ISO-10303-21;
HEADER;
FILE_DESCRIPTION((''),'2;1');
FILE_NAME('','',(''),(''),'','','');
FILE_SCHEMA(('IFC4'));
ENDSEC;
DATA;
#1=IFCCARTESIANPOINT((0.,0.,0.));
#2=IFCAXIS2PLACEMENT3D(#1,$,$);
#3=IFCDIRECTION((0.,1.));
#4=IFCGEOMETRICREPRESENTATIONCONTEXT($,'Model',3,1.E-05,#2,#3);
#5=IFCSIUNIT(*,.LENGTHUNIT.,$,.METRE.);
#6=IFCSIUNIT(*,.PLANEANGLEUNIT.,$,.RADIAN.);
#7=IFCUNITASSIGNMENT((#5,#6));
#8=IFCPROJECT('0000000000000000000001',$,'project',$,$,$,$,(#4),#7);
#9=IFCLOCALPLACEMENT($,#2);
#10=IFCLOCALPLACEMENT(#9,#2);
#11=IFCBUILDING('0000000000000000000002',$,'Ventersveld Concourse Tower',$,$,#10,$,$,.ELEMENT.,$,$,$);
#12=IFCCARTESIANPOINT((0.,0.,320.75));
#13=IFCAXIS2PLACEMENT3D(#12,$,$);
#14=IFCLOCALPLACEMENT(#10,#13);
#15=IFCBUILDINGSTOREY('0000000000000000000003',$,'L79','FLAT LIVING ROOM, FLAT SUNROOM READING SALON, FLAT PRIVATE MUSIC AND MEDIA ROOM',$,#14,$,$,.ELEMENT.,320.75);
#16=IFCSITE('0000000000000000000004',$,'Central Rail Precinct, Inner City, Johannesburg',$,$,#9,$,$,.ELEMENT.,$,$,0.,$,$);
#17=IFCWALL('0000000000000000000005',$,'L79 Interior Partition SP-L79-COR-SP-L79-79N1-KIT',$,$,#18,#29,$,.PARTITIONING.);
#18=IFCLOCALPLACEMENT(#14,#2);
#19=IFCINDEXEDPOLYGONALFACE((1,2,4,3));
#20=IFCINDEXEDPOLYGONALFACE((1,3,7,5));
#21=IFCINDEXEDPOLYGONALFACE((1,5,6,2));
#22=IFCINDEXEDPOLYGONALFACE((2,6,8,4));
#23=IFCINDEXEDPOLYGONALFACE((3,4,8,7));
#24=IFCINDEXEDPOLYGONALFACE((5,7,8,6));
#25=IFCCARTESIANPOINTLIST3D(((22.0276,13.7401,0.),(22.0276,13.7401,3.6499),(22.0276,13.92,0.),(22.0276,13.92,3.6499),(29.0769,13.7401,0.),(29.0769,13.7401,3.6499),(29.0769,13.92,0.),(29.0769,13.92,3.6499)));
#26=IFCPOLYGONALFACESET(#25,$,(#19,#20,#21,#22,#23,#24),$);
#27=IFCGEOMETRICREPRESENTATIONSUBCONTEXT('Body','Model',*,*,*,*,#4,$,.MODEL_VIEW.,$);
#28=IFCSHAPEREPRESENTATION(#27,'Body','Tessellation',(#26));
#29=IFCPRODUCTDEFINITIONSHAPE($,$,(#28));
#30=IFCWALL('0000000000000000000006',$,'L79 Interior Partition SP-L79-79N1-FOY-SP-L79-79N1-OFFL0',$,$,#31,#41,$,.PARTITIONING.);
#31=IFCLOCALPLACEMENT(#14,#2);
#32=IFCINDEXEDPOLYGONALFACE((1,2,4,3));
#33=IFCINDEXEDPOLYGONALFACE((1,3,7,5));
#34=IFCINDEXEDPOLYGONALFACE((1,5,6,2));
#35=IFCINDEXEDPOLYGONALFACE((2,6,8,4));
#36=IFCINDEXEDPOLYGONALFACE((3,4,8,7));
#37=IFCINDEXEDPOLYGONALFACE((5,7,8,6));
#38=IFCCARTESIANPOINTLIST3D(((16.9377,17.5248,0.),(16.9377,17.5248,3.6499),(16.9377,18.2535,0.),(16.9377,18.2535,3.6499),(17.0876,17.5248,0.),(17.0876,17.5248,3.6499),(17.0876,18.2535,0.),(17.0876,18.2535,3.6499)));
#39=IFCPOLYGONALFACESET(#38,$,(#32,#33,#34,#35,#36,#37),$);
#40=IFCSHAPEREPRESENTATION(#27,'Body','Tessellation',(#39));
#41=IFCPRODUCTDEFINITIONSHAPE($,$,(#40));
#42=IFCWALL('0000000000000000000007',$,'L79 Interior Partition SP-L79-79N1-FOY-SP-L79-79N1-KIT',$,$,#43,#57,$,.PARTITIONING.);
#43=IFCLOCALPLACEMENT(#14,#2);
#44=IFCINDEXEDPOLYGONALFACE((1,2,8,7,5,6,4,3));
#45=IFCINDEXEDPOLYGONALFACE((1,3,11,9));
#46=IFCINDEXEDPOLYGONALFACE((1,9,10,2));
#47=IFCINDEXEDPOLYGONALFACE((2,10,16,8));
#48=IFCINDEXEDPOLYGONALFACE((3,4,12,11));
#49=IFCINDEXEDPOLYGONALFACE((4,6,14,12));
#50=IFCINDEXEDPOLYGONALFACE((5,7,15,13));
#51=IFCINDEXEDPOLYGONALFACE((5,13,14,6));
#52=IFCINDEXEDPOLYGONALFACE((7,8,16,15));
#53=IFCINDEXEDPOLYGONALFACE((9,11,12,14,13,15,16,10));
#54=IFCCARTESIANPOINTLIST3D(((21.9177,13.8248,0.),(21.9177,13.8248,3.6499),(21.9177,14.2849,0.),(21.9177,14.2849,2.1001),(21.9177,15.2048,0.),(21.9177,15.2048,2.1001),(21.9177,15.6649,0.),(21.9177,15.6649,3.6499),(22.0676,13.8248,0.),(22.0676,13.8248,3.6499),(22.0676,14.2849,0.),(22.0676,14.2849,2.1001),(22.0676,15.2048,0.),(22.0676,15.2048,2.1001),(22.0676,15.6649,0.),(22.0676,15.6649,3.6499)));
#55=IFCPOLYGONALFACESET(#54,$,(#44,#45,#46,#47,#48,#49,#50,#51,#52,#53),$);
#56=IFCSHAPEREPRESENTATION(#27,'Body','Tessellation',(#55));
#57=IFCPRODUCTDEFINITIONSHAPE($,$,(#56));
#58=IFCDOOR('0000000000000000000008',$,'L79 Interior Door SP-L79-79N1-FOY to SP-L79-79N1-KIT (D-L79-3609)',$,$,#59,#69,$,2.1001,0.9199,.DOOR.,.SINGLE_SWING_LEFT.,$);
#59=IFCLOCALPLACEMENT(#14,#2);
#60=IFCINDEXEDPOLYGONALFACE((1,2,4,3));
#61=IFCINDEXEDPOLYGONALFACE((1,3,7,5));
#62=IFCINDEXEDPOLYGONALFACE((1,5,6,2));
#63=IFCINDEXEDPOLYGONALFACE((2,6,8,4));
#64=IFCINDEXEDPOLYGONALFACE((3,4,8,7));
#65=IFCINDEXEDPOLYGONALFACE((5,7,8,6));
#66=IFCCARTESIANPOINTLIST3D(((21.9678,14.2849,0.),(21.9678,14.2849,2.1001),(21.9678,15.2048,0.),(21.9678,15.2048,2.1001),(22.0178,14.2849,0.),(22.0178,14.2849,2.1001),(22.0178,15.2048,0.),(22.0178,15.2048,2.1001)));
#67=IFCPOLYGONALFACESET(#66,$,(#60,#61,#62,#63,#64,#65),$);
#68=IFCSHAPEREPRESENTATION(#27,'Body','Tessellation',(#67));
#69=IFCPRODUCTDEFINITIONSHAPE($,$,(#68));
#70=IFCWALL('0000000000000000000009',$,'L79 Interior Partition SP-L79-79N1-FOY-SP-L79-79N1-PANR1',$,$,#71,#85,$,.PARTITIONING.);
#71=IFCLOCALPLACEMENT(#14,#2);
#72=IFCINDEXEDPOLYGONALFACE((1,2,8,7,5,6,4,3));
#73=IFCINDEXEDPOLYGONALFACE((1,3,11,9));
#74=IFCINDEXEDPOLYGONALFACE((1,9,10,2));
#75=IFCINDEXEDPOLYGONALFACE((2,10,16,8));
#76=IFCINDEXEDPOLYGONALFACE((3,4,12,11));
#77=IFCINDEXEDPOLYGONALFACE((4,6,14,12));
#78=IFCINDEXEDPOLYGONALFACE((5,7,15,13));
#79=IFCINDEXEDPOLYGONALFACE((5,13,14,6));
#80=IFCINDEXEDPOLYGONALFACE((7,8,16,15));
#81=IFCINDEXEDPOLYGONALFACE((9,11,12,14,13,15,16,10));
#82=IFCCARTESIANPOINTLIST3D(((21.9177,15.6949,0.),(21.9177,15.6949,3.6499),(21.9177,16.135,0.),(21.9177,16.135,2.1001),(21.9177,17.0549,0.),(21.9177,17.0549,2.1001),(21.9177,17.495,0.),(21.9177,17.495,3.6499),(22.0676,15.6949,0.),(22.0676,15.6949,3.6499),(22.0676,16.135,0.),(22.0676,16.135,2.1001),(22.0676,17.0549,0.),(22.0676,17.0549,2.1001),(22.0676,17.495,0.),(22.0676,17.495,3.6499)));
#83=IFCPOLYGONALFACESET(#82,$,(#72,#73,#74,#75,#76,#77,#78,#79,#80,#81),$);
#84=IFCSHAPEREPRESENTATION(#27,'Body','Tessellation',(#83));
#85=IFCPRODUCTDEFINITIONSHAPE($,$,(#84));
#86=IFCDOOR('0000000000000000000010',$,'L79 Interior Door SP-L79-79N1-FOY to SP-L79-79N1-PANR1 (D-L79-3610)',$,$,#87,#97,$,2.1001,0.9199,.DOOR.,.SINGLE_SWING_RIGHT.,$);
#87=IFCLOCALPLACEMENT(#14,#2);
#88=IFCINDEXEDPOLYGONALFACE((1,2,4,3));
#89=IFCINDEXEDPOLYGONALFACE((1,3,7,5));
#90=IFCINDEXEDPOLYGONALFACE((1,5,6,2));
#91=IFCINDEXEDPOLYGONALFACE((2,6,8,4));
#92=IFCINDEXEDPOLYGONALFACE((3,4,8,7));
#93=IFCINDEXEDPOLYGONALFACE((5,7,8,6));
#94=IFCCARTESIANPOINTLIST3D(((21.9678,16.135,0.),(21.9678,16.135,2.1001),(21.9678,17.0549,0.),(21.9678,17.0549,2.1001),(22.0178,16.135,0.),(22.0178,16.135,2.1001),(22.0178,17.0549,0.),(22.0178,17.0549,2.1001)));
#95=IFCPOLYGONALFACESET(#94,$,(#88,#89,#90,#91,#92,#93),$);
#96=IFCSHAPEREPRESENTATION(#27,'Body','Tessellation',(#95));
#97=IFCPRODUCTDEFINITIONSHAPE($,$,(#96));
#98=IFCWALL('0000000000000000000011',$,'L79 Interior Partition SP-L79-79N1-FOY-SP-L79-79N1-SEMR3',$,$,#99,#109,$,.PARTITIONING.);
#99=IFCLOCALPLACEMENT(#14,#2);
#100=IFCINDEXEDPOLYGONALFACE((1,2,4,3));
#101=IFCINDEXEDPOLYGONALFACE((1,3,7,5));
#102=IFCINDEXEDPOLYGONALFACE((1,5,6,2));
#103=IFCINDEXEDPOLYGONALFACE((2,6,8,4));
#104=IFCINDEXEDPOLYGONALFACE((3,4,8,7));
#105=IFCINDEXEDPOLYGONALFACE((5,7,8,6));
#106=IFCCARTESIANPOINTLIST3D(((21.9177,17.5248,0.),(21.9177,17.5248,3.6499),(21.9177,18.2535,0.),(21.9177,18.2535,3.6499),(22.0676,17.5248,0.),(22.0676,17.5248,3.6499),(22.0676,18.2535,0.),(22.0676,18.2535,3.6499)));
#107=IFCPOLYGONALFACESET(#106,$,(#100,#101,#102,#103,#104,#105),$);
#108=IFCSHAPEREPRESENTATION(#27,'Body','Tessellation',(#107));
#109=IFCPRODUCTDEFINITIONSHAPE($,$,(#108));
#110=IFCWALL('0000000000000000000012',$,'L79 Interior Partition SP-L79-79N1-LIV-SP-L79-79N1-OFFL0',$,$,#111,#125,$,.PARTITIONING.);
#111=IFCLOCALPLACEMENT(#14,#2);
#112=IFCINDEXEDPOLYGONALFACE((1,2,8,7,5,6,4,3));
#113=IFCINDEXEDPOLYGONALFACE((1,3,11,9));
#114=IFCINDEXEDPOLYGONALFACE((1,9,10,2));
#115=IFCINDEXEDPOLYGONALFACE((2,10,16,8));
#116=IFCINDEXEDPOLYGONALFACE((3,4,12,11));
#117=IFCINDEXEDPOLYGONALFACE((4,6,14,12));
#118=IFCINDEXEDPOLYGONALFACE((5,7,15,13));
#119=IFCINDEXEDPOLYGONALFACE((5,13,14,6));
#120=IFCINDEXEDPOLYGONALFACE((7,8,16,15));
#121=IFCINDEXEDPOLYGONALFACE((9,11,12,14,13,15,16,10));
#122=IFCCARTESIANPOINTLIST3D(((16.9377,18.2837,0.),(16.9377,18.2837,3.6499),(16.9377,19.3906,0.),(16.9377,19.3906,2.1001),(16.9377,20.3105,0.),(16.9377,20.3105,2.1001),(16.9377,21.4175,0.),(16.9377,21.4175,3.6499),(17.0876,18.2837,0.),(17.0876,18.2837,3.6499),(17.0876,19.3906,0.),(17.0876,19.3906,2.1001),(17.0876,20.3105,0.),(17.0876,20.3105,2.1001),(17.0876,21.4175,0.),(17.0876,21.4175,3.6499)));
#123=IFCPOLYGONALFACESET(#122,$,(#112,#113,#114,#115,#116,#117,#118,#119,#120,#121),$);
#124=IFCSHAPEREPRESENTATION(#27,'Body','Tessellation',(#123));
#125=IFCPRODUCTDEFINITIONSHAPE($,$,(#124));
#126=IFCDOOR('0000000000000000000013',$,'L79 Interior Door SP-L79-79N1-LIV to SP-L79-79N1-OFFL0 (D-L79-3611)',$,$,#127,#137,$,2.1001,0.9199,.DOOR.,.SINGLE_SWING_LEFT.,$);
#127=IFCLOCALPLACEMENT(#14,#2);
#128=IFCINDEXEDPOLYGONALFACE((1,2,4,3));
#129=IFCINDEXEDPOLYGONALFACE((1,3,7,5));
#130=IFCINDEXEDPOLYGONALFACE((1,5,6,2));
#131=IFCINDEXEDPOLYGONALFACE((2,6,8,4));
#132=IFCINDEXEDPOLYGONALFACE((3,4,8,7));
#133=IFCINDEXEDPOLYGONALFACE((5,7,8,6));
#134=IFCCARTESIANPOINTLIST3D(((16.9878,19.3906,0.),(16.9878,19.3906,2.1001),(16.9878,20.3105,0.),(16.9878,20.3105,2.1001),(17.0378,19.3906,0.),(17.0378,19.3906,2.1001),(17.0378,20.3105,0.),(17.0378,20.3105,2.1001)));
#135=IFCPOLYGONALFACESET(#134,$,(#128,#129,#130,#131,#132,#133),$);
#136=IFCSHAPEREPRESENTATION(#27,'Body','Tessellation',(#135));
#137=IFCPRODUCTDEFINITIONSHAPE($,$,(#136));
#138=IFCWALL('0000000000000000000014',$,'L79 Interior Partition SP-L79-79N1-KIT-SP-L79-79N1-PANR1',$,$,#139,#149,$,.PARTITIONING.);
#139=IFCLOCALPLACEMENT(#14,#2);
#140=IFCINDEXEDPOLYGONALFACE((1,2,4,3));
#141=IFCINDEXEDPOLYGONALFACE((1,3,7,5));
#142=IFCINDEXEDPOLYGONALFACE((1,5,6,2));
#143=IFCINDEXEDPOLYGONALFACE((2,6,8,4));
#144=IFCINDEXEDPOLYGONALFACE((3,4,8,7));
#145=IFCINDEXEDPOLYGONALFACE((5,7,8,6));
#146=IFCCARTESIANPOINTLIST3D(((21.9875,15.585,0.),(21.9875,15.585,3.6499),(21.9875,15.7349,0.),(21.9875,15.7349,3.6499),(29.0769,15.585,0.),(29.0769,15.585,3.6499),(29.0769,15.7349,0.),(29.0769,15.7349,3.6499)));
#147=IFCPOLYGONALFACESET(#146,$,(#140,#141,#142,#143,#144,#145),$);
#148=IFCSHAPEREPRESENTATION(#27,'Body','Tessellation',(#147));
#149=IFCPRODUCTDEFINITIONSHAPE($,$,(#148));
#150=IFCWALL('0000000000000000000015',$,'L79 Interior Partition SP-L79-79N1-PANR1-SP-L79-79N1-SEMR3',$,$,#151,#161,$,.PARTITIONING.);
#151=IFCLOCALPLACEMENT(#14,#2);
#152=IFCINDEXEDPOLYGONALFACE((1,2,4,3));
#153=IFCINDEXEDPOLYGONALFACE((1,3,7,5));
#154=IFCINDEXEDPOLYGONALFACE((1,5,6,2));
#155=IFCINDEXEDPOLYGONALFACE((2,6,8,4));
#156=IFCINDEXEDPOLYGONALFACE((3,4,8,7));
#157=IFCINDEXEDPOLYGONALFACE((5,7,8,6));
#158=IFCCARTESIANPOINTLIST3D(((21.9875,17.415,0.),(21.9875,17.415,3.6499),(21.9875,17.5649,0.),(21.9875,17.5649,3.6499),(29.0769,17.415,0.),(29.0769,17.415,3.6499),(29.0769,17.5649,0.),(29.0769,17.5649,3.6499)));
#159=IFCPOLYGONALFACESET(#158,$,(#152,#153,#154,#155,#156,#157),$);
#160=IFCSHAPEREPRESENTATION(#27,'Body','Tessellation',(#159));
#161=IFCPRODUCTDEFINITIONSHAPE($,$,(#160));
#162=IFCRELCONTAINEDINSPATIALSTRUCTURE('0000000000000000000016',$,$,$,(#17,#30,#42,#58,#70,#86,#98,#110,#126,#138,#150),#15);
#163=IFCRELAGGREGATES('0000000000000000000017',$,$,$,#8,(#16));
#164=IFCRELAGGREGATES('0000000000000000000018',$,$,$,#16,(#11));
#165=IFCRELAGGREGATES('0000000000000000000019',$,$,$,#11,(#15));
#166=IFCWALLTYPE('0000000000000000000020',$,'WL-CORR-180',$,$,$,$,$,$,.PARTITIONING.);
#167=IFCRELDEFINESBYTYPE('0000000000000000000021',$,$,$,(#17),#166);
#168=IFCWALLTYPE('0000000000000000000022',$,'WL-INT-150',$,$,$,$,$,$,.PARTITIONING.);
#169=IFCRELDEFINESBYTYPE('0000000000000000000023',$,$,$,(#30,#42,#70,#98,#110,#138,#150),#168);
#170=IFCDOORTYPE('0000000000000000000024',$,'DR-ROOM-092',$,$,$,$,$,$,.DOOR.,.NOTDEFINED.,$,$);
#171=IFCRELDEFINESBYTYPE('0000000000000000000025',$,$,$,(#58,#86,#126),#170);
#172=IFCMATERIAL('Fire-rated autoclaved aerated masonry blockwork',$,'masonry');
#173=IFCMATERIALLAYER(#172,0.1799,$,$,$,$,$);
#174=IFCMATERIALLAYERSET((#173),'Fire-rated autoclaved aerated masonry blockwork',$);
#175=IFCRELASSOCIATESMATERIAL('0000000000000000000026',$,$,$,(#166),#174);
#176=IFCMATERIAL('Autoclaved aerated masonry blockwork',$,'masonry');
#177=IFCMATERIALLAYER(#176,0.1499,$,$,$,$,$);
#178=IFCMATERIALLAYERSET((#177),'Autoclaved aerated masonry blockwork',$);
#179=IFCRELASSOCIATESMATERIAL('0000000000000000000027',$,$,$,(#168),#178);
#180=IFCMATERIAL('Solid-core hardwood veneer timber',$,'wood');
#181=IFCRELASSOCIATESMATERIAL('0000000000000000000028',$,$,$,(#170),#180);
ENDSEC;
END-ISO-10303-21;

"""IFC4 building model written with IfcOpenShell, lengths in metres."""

from ifc_helpers import new_model, si_unit, direction, frame, frame_2d, origin, place, context, subcontext, project, spatial, rectangle, extrude, material, layer, layer_set, type_object, element, fill, save


model = new_model("IFC4")

# Units and contexts
model_context = context("Model", 3, precision=1e-05, world=origin(), true_north=direction((0.0, 1.0)))
body_context = subcontext(model_context, "Body", "Model", "MODEL_VIEW")
ifc_project = project(units=[si_unit("LENGTHUNIT", "METRE"), si_unit("PLANEANGLEUNIT", "RADIAN")], contexts=[model_context])

# Site, building, storey
site_placement = place(None, origin())
site = spatial("IfcSite", under=ifc_project, at=site_placement, Name="Central Rail Precinct, Inner City, Johannesburg", CompositionType="ELEMENT", RefElevation=0.0)
building_placement = place(site_placement, origin())
building = spatial("IfcBuilding", under=site, at=building_placement, Name="Ventersveld Concourse Tower", CompositionType="ELEMENT")
storey_placement = place(building_placement, frame((0.0, 0.0, 320.75)))
storey = spatial("IfcBuildingStorey", under=building, at=storey_placement, Name="L79", Description="FLAT LIVING ROOM, FLAT SUNROOM READING SALON, FLAT PRIVATE MUSIC AND MEDIA ROOM", CompositionType="ELEMENT", Elevation=320.75)

# Walls
ifc_material_1 = material(Name="Fire-rated autoclaved aerated masonry blockwork", Category="masonry")
ifc_layer_1 = layer(ifc_material_1, 0.1799)
ifc_layer_set_1 = layer_set([ifc_layer_1], Name="Fire-rated autoclaved aerated masonry blockwork")
wall_type_1 = type_object("IfcWallType", Name="WL-CORR-180", PredefinedType="PARTITIONING", material=ifc_layer_set_1)
wall_1_placement = place(storey_placement, frame((22.0276, 13.8301, 0.0), z_axis=(0.0, 0.0, 1.0), x_axis=(1.0, 0.0, 0.0)))
element("IfcWall", 1, at=wall_1_placement, inside=storey, type_object=wall_type_1, Name="L79 Interior Partition SP-L79-COR-SP-L79-79N1-KIT", PredefinedType="PARTITIONING", context=body_context, shape_type="SweptSolid", body=[
    extrude(rectangle(XDim=7.0493, YDim=0.1799, at=frame_2d((3.5247, 0.0))), origin(), (0.0, 0.0, 1.0), 3.6499),
])
ifc_material_2 = material(Name="Autoclaved aerated masonry blockwork", Category="masonry")
ifc_layer_2 = layer(ifc_material_2, 0.1499)
ifc_layer_set_2 = layer_set([ifc_layer_2], Name="Autoclaved aerated masonry blockwork")
wall_type_2 = type_object("IfcWallType", Name="WL-INT-150", PredefinedType="PARTITIONING", material=ifc_layer_set_2)
wall_2_placement = place(storey_placement, frame((17.0127, 17.5249, 0.0), z_axis=(0.0, 0.0, 1.0), x_axis=(0.0, 1.0, 0.0)))
element("IfcWall", 2, at=wall_2_placement, inside=storey, type_object=wall_type_2, Name="L79 Interior Partition SP-L79-79N1-FOY-SP-L79-79N1-OFFL0", PredefinedType="PARTITIONING", context=body_context, shape_type="SweptSolid", body=[
    extrude(rectangle(XDim=0.7288, YDim=0.1499, at=frame_2d((0.3643, 0.0))), origin(), (0.0, 0.0, 1.0), 3.6499),
])

# Walls, openings, doors
wall_3_placement = place(storey_placement, frame((21.9927, 13.825, 0.0), z_axis=(0.0, 0.0, 1.0), x_axis=(0.0, 1.0, 0.0)))
wall_3 = element("IfcWall", 3, at=wall_3_placement, inside=storey, type_object=wall_type_2, Name="L79 Interior Partition SP-L79-79N1-FOY-SP-L79-79N1-KIT", PredefinedType="PARTITIONING", context=body_context, shape_type="SweptSolid", body=[
    extrude(rectangle(XDim=1.8401, YDim=0.1499, at=frame_2d((0.9199, 0.0))), origin(), (0.0, 0.0, 1.0), 3.6499),
])
opening_1_placement = place(wall_3_placement, frame((0.46, 0.0, 0.0)))
opening_1 = element("IfcOpeningElement", 4, at=opening_1_placement, cuts=wall_3, PredefinedType="OPENING", context=body_context, shape_type="SweptSolid", body=[
    extrude(rectangle(XDim=0.9199, YDim=2.1001, at=frame_2d((0.46, 1.05))), frame((0.0, 0.085, 0.0), z_axis=(0.0, -1.0, 0.0), x_axis=(1.0, 0.0, 0.0)), (0.0, 0.0, 1.0), 0.1699),
])
ifc_material_3 = material(Name="Solid-core hardwood veneer timber", Category="wood")
door_type = type_object("IfcDoorType", Name="DR-ROOM-092", OperationType="NOTDEFINED", PredefinedType="DOOR", material=ifc_material_3)
door_1_placement = place(opening_1_placement, origin())
door_1 = element("IfcDoor", 5, at=door_1_placement, inside=storey, type_object=door_type, Name="L79 Interior Door SP-L79-79N1-FOY to SP-L79-79N1-KIT (D-L79-3609)", OperationType="SINGLE_SWING_LEFT", OverallHeight=2.1001, OverallWidth=0.9199, PredefinedType="DOOR", context=body_context, shape_type="SweptSolid", body=[
    extrude(rectangle(XDim=0.9199, YDim=2.1001, at=frame_2d((0.46, 1.05))), frame((0.0, 0.0249, 0.0), z_axis=(0.0, -1.0, 0.0), x_axis=(1.0, 0.0, 0.0)), (0.0, 0.0, 1.0), 0.05),
])
fill(opening_1, door_1)
wall_4_placement = place(storey_placement, frame((21.9927, 15.6951, 0.0), z_axis=(0.0, 0.0, 1.0), x_axis=(0.0, 1.0, 0.0)))
wall_4 = element("IfcWall", 6, at=wall_4_placement, inside=storey, type_object=wall_type_2, Name="L79 Interior Partition SP-L79-79N1-FOY-SP-L79-79N1-PANR1", PredefinedType="PARTITIONING", context=body_context, shape_type="SweptSolid", body=[
    extrude(rectangle(XDim=1.8, YDim=0.1499, at=frame_2d((0.8999, 0.0))), origin(), (0.0, 0.0, 1.0), 3.6499),
])
opening_2_placement = place(wall_4_placement, frame((0.4399, 0.0, 0.0)))
opening_2 = element("IfcOpeningElement", 7, at=opening_2_placement, cuts=wall_4, PredefinedType="OPENING", context=body_context, shape_type="SweptSolid", body=[
    extrude(rectangle(XDim=0.9199, YDim=2.1001, at=frame_2d((0.46, 1.05))), frame((0.0, 0.085, 0.0), z_axis=(0.0, -1.0, 0.0), x_axis=(1.0, 0.0, 0.0)), (0.0, 0.0, 1.0), 0.1699),
])
door_2_placement = place(opening_2_placement, origin())
door_2 = element("IfcDoor", 8, at=door_2_placement, inside=storey, type_object=door_type, Name="L79 Interior Door SP-L79-79N1-FOY to SP-L79-79N1-PANR1 (D-L79-3610)", OperationType="SINGLE_SWING_RIGHT", OverallHeight=2.1001, OverallWidth=0.9199, PredefinedType="DOOR", context=body_context, shape_type="SweptSolid", body=[
    extrude(rectangle(XDim=0.9199, YDim=2.1001, at=frame_2d((0.46, 1.05))), frame((0.0, 0.0249, 0.0), z_axis=(0.0, -1.0, 0.0), x_axis=(1.0, 0.0, 0.0)), (0.0, 0.0, 1.0), 0.05),
])
fill(opening_2, door_2)

# Wall
wall_5_placement = place(storey_placement, frame((21.9927, 17.5249, 0.0), z_axis=(0.0, 0.0, 1.0), x_axis=(0.0, 1.0, 0.0)))
element("IfcWall", 9, at=wall_5_placement, inside=storey, type_object=wall_type_2, Name="L79 Interior Partition SP-L79-79N1-FOY-SP-L79-79N1-SEMR3", PredefinedType="PARTITIONING", context=body_context, shape_type="SweptSolid", body=[
    extrude(rectangle(XDim=0.7288, YDim=0.1499, at=frame_2d((0.3643, 0.0))), origin(), (0.0, 0.0, 1.0), 3.6499),
])

# Wall, opening, door
wall_6_placement = place(storey_placement, frame((17.0127, 18.2837, 0.0), z_axis=(0.0, 0.0, 1.0), x_axis=(0.0, 1.0, 0.0)))
wall_6 = element("IfcWall", 10, at=wall_6_placement, inside=storey, type_object=wall_type_2, Name="L79 Interior Partition SP-L79-79N1-LIV-SP-L79-79N1-OFFL0", PredefinedType="PARTITIONING", context=body_context, shape_type="SweptSolid", body=[
    extrude(rectangle(XDim=3.1338, YDim=0.1499, at=frame_2d((1.5669, 0.0))), origin(), (0.0, 0.0, 1.0), 3.6499),
])
opening_3_placement = place(wall_6_placement, frame((1.1069, 0.0, 0.0)))
opening_3 = element("IfcOpeningElement", 11, at=opening_3_placement, cuts=wall_6, PredefinedType="OPENING", context=body_context, shape_type="SweptSolid", body=[
    extrude(rectangle(XDim=0.9199, YDim=2.1001, at=frame_2d((0.46, 1.05))), frame((0.0, 0.085, 0.0), z_axis=(0.0, -1.0, 0.0), x_axis=(1.0, 0.0, 0.0)), (0.0, 0.0, 1.0), 0.1699),
])
door_3_placement = place(opening_3_placement, origin())
door_3 = element("IfcDoor", 12, at=door_3_placement, inside=storey, type_object=door_type, Name="L79 Interior Door SP-L79-79N1-LIV to SP-L79-79N1-OFFL0 (D-L79-3611)", OperationType="SINGLE_SWING_LEFT", OverallHeight=2.1001, OverallWidth=0.9199, PredefinedType="DOOR", context=body_context, shape_type="SweptSolid", body=[
    extrude(rectangle(XDim=0.9199, YDim=2.1001, at=frame_2d((0.46, 1.05))), frame((0.0, 0.0249, 0.0), z_axis=(0.0, -1.0, 0.0), x_axis=(1.0, 0.0, 0.0)), (0.0, 0.0, 1.0), 0.05),
])
fill(opening_3, door_3)

# Walls
for number, where, z_axis, x_axis, name in (
    (13, (21.9875, 15.6599, 0.0), (0.0, 0.0, 1.0), (1.0, 0.0, 0.0), "L79 Interior Partition SP-L79-79N1-KIT-SP-L79-79N1-PANR1"),
    (14, (21.9875, 17.49, 0.0), (0.0, 0.0, 1.0), (1.0, 0.0, 0.0), "L79 Interior Partition SP-L79-79N1-PANR1-SP-L79-79N1-SEMR3"),
):
    element("IfcWall", number, at=place(storey_placement, frame(where, z_axis=z_axis, x_axis=x_axis)), inside=storey, type_object=wall_type_2, Name=name, PredefinedType="PARTITIONING", context=body_context, shape_type="SweptSolid", body=[
        extrude(rectangle(XDim=7.0894, YDim=0.1499, at=frame_2d((3.5447, 0.0))), origin(), (0.0, 0.0, 1.0), 3.6499),
    ])

save(model, "model.ifc")
